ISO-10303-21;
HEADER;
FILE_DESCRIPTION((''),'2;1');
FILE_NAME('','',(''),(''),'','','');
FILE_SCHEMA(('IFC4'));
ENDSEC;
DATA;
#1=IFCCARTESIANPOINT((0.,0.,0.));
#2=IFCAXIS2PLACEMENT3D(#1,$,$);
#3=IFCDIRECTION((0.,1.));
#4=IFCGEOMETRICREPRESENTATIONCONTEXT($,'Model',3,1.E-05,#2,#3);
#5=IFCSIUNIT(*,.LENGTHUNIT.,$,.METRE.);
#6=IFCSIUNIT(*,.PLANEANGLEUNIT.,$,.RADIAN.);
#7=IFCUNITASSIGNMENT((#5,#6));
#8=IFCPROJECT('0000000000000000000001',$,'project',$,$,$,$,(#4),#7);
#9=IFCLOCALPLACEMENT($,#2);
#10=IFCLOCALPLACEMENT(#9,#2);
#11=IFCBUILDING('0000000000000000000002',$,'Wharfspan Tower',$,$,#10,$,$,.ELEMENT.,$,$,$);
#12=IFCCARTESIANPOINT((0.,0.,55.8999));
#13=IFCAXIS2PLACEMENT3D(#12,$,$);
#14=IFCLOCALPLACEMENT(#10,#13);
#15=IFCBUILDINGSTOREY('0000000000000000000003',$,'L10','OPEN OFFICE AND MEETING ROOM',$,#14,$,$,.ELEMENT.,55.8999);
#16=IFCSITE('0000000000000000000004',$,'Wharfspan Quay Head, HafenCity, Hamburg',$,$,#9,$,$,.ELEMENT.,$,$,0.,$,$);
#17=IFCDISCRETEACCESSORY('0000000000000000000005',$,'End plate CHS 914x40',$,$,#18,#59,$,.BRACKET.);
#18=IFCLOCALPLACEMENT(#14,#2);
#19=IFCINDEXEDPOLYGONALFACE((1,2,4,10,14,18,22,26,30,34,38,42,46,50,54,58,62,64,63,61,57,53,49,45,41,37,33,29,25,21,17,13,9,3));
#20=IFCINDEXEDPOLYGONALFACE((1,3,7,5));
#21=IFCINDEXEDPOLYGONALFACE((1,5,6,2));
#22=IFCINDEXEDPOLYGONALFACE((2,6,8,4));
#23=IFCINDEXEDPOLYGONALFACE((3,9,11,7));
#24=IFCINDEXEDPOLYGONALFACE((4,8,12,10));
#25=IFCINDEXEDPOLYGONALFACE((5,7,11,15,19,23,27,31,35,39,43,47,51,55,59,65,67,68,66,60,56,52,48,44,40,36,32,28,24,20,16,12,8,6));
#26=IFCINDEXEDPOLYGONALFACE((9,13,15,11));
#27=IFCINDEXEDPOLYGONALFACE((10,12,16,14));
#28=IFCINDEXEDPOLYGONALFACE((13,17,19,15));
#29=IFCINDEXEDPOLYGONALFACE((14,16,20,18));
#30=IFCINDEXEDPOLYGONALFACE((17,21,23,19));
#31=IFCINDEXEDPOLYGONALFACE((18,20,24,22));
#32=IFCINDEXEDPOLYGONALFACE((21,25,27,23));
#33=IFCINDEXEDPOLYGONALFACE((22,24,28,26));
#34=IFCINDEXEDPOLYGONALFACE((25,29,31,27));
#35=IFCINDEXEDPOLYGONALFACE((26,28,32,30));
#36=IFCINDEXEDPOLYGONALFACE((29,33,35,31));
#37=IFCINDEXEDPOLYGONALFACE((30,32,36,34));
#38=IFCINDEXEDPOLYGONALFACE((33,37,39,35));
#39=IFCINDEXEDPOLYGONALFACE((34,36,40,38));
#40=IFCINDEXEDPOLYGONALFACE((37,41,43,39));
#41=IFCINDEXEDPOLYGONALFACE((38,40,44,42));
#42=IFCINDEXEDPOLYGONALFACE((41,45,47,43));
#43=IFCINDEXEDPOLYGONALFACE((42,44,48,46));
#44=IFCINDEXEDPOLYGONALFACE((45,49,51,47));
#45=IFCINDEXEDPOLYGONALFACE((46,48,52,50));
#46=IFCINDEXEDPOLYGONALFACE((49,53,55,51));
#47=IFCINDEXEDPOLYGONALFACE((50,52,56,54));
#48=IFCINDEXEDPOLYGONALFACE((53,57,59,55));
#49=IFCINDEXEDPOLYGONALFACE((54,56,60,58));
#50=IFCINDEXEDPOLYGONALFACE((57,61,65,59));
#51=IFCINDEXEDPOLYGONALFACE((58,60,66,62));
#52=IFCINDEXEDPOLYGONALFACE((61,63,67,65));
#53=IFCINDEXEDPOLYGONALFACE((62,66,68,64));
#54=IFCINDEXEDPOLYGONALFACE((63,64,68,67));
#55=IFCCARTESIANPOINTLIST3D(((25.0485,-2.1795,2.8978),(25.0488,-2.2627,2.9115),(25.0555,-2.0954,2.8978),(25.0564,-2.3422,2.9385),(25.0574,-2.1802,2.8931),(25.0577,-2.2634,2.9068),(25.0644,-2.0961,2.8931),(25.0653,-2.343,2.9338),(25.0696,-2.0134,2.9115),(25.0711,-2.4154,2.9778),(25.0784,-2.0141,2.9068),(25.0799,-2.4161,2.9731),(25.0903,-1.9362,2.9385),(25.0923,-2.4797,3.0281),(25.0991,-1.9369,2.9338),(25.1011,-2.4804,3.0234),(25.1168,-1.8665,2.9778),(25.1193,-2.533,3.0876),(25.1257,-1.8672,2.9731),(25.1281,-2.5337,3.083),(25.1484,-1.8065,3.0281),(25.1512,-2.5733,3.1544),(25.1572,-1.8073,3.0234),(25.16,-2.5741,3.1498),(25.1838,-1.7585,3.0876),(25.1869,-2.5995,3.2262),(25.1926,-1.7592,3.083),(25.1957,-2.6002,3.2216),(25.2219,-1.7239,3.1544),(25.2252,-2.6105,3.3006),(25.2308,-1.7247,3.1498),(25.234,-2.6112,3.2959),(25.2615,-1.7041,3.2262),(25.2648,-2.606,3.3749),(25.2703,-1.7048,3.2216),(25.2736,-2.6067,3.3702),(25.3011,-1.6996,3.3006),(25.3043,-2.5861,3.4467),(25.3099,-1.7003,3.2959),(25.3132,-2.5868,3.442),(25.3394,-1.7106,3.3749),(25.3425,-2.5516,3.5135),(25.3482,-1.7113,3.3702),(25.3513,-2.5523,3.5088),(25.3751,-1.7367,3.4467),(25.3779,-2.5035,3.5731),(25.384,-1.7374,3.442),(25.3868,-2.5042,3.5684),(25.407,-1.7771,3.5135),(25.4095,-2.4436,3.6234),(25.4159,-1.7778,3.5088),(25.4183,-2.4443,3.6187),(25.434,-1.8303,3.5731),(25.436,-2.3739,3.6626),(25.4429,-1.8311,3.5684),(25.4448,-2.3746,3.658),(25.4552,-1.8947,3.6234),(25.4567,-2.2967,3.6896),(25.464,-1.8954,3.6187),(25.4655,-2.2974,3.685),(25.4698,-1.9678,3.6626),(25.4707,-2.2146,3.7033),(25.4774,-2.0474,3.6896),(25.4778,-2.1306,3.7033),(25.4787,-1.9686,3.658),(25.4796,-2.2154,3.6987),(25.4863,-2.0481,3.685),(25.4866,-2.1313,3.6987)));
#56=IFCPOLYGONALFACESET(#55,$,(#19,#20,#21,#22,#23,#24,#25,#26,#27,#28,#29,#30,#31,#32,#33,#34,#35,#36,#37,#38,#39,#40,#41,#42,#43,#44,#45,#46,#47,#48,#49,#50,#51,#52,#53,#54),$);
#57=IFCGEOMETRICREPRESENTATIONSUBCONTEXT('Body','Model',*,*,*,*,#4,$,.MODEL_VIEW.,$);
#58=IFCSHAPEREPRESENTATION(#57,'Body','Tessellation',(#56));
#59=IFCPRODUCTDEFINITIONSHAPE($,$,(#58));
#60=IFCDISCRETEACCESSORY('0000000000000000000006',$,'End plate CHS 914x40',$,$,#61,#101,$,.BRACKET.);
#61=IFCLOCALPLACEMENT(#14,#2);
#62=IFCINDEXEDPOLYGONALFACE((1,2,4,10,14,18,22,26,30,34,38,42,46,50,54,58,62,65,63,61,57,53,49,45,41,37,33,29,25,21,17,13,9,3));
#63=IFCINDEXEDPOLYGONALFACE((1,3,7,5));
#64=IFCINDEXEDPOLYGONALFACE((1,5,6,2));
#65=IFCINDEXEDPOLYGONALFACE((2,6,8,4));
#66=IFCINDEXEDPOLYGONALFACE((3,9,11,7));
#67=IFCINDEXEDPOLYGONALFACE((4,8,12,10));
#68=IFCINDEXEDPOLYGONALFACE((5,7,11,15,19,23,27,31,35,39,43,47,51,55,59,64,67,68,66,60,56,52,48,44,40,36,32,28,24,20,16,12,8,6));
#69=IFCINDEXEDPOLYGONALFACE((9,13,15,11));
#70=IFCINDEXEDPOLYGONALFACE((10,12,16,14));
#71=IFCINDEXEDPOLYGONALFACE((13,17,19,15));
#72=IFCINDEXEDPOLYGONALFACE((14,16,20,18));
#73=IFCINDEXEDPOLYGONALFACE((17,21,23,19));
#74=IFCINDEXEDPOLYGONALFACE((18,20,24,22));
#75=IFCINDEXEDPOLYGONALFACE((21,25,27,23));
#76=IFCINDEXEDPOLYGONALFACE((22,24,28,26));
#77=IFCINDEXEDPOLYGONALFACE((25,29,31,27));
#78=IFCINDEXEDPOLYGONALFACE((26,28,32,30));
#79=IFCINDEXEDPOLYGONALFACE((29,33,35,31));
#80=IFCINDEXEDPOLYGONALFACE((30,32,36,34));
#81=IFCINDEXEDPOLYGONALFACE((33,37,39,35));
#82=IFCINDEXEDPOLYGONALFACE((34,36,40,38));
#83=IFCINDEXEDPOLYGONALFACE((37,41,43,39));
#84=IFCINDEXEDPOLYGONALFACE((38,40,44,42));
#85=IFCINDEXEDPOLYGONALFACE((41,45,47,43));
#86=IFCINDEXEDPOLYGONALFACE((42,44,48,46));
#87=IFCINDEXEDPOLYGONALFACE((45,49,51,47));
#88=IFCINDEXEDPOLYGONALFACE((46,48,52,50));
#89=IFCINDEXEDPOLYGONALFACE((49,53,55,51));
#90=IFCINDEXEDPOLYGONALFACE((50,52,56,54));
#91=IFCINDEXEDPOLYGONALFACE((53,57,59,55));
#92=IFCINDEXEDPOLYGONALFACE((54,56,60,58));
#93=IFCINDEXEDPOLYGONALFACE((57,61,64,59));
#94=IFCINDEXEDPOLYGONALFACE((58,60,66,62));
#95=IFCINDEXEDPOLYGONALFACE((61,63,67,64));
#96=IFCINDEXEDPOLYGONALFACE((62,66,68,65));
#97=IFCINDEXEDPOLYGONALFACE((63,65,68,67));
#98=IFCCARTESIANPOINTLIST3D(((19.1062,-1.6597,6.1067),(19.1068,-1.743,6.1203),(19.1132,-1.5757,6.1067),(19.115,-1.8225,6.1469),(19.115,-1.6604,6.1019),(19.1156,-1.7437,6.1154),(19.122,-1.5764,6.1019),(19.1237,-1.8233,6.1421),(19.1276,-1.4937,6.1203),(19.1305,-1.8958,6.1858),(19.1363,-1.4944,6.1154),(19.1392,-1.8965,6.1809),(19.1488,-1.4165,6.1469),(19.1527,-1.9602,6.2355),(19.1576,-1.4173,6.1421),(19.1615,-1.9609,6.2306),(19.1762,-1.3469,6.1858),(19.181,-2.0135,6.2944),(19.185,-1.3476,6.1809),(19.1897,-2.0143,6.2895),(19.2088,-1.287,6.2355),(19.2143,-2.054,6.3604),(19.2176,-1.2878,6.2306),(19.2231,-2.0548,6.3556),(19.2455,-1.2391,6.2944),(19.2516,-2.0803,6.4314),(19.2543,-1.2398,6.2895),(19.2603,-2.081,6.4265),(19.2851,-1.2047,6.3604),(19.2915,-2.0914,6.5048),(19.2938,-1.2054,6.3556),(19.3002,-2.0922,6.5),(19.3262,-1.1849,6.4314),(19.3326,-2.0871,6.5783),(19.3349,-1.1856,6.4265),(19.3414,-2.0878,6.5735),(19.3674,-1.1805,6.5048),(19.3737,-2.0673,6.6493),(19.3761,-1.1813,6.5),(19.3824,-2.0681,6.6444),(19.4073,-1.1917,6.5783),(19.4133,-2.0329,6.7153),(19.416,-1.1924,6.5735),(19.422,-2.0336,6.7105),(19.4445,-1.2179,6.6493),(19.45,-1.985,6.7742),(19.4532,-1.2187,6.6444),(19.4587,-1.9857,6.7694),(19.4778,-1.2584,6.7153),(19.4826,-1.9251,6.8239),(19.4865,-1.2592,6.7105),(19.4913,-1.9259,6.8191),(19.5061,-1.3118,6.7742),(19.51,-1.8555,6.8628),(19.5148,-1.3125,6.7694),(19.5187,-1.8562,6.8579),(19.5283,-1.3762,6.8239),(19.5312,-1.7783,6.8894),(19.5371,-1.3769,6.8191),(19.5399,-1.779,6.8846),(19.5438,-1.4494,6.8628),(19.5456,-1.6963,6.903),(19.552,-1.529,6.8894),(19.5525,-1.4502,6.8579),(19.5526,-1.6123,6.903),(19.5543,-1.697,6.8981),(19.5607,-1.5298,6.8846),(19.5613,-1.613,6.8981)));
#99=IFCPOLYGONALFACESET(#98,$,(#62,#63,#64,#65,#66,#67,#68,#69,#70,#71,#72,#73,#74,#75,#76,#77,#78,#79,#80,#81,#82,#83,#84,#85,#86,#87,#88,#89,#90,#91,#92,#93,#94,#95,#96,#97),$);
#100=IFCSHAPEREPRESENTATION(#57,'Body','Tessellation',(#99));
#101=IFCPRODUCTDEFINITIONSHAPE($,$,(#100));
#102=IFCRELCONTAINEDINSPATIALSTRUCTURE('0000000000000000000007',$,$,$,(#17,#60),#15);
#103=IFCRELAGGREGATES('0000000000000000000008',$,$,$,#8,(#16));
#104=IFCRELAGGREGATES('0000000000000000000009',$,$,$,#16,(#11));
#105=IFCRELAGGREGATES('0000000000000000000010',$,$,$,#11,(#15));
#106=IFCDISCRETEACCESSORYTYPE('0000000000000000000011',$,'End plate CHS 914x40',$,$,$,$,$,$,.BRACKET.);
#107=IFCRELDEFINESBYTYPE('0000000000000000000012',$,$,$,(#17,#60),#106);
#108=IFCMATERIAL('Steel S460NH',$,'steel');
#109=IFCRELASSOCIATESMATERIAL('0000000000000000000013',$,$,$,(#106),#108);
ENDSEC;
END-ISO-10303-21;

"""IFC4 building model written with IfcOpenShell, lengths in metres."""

from ifc_helpers import new_model, si_unit, direction, frame, origin, origin_2d, place, context, subcontext, project, spatial, circle, extrude, material, material_profile, profile_set, type_object, element, save


model = new_model("IFC4")

# Units and contexts
model_context = context("Model", 3, precision=1e-05, world=origin(), true_north=direction((0.0, 1.0)))
body_context = subcontext(model_context, "Body", "Model", "MODEL_VIEW")
ifc_project = project(units=[si_unit("LENGTHUNIT", "METRE"), si_unit("PLANEANGLEUNIT", "RADIAN")], contexts=[model_context])

# Site, building, storey
site_placement = place(None, origin())
site = spatial("IfcSite", under=ifc_project, at=site_placement, Name="Wharfspan Quay Head, HafenCity, Hamburg", CompositionType="ELEMENT", RefElevation=0.0)
building_placement = place(site_placement, origin())
building = spatial("IfcBuilding", under=site, at=building_placement, Name="Wharfspan Tower", CompositionType="ELEMENT")
storey_placement = place(building_placement, frame((0.0, 0.0, 55.8999)))
storey = spatial("IfcBuildingStorey", under=building, at=storey_placement, Name="L10", Description="OPEN OFFICE AND MEETING ROOM", CompositionType="ELEMENT", Elevation=55.8999)

# Shared definitions
ifc_material_1 = material(Name="Steel S460NH", Category="steel")

# Discrete accessories
ifc_material_profile_1 = material_profile(ifc_material_1, circle(Radius=0.457, at=origin_2d()))
ifc_profile_set_1 = profile_set([ifc_material_profile_1], Name="Steel S460NH")
discrete_accessory_type = type_object("IfcDiscreteAccessoryType", Name="End plate CHS 914x40", PredefinedType="BRACKET", material=ifc_profile_set_1)
for number, where, z_axis, x_axis, name in (
    (1, (25.272, -2.1558, 3.2959), (-0.881993, 0.073499, 0.465496), (-0.083046, -0.996545, -0.000002), "End plate CHS 914x40"),
    (2, (19.3381, -1.6367, 6.5), (-0.871847, 0.072654, 0.484359), (-0.083044, -0.996547, 0.000003), "End plate CHS 914x40"),
):
    element("IfcDiscreteAccessory", number, at=place(storey_placement, frame(where, z_axis=z_axis, x_axis=x_axis)), inside=storey, type_object=discrete_accessory_type, Name=name, PredefinedType="BRACKET", context=body_context, shape_type="SweptSolid", body=[
        extrude(circle(Radius=0.457, at=origin_2d()), origin(), (0.0, 0.0, 1.0), 0.01),
    ])

save(model, "model.ifc")
